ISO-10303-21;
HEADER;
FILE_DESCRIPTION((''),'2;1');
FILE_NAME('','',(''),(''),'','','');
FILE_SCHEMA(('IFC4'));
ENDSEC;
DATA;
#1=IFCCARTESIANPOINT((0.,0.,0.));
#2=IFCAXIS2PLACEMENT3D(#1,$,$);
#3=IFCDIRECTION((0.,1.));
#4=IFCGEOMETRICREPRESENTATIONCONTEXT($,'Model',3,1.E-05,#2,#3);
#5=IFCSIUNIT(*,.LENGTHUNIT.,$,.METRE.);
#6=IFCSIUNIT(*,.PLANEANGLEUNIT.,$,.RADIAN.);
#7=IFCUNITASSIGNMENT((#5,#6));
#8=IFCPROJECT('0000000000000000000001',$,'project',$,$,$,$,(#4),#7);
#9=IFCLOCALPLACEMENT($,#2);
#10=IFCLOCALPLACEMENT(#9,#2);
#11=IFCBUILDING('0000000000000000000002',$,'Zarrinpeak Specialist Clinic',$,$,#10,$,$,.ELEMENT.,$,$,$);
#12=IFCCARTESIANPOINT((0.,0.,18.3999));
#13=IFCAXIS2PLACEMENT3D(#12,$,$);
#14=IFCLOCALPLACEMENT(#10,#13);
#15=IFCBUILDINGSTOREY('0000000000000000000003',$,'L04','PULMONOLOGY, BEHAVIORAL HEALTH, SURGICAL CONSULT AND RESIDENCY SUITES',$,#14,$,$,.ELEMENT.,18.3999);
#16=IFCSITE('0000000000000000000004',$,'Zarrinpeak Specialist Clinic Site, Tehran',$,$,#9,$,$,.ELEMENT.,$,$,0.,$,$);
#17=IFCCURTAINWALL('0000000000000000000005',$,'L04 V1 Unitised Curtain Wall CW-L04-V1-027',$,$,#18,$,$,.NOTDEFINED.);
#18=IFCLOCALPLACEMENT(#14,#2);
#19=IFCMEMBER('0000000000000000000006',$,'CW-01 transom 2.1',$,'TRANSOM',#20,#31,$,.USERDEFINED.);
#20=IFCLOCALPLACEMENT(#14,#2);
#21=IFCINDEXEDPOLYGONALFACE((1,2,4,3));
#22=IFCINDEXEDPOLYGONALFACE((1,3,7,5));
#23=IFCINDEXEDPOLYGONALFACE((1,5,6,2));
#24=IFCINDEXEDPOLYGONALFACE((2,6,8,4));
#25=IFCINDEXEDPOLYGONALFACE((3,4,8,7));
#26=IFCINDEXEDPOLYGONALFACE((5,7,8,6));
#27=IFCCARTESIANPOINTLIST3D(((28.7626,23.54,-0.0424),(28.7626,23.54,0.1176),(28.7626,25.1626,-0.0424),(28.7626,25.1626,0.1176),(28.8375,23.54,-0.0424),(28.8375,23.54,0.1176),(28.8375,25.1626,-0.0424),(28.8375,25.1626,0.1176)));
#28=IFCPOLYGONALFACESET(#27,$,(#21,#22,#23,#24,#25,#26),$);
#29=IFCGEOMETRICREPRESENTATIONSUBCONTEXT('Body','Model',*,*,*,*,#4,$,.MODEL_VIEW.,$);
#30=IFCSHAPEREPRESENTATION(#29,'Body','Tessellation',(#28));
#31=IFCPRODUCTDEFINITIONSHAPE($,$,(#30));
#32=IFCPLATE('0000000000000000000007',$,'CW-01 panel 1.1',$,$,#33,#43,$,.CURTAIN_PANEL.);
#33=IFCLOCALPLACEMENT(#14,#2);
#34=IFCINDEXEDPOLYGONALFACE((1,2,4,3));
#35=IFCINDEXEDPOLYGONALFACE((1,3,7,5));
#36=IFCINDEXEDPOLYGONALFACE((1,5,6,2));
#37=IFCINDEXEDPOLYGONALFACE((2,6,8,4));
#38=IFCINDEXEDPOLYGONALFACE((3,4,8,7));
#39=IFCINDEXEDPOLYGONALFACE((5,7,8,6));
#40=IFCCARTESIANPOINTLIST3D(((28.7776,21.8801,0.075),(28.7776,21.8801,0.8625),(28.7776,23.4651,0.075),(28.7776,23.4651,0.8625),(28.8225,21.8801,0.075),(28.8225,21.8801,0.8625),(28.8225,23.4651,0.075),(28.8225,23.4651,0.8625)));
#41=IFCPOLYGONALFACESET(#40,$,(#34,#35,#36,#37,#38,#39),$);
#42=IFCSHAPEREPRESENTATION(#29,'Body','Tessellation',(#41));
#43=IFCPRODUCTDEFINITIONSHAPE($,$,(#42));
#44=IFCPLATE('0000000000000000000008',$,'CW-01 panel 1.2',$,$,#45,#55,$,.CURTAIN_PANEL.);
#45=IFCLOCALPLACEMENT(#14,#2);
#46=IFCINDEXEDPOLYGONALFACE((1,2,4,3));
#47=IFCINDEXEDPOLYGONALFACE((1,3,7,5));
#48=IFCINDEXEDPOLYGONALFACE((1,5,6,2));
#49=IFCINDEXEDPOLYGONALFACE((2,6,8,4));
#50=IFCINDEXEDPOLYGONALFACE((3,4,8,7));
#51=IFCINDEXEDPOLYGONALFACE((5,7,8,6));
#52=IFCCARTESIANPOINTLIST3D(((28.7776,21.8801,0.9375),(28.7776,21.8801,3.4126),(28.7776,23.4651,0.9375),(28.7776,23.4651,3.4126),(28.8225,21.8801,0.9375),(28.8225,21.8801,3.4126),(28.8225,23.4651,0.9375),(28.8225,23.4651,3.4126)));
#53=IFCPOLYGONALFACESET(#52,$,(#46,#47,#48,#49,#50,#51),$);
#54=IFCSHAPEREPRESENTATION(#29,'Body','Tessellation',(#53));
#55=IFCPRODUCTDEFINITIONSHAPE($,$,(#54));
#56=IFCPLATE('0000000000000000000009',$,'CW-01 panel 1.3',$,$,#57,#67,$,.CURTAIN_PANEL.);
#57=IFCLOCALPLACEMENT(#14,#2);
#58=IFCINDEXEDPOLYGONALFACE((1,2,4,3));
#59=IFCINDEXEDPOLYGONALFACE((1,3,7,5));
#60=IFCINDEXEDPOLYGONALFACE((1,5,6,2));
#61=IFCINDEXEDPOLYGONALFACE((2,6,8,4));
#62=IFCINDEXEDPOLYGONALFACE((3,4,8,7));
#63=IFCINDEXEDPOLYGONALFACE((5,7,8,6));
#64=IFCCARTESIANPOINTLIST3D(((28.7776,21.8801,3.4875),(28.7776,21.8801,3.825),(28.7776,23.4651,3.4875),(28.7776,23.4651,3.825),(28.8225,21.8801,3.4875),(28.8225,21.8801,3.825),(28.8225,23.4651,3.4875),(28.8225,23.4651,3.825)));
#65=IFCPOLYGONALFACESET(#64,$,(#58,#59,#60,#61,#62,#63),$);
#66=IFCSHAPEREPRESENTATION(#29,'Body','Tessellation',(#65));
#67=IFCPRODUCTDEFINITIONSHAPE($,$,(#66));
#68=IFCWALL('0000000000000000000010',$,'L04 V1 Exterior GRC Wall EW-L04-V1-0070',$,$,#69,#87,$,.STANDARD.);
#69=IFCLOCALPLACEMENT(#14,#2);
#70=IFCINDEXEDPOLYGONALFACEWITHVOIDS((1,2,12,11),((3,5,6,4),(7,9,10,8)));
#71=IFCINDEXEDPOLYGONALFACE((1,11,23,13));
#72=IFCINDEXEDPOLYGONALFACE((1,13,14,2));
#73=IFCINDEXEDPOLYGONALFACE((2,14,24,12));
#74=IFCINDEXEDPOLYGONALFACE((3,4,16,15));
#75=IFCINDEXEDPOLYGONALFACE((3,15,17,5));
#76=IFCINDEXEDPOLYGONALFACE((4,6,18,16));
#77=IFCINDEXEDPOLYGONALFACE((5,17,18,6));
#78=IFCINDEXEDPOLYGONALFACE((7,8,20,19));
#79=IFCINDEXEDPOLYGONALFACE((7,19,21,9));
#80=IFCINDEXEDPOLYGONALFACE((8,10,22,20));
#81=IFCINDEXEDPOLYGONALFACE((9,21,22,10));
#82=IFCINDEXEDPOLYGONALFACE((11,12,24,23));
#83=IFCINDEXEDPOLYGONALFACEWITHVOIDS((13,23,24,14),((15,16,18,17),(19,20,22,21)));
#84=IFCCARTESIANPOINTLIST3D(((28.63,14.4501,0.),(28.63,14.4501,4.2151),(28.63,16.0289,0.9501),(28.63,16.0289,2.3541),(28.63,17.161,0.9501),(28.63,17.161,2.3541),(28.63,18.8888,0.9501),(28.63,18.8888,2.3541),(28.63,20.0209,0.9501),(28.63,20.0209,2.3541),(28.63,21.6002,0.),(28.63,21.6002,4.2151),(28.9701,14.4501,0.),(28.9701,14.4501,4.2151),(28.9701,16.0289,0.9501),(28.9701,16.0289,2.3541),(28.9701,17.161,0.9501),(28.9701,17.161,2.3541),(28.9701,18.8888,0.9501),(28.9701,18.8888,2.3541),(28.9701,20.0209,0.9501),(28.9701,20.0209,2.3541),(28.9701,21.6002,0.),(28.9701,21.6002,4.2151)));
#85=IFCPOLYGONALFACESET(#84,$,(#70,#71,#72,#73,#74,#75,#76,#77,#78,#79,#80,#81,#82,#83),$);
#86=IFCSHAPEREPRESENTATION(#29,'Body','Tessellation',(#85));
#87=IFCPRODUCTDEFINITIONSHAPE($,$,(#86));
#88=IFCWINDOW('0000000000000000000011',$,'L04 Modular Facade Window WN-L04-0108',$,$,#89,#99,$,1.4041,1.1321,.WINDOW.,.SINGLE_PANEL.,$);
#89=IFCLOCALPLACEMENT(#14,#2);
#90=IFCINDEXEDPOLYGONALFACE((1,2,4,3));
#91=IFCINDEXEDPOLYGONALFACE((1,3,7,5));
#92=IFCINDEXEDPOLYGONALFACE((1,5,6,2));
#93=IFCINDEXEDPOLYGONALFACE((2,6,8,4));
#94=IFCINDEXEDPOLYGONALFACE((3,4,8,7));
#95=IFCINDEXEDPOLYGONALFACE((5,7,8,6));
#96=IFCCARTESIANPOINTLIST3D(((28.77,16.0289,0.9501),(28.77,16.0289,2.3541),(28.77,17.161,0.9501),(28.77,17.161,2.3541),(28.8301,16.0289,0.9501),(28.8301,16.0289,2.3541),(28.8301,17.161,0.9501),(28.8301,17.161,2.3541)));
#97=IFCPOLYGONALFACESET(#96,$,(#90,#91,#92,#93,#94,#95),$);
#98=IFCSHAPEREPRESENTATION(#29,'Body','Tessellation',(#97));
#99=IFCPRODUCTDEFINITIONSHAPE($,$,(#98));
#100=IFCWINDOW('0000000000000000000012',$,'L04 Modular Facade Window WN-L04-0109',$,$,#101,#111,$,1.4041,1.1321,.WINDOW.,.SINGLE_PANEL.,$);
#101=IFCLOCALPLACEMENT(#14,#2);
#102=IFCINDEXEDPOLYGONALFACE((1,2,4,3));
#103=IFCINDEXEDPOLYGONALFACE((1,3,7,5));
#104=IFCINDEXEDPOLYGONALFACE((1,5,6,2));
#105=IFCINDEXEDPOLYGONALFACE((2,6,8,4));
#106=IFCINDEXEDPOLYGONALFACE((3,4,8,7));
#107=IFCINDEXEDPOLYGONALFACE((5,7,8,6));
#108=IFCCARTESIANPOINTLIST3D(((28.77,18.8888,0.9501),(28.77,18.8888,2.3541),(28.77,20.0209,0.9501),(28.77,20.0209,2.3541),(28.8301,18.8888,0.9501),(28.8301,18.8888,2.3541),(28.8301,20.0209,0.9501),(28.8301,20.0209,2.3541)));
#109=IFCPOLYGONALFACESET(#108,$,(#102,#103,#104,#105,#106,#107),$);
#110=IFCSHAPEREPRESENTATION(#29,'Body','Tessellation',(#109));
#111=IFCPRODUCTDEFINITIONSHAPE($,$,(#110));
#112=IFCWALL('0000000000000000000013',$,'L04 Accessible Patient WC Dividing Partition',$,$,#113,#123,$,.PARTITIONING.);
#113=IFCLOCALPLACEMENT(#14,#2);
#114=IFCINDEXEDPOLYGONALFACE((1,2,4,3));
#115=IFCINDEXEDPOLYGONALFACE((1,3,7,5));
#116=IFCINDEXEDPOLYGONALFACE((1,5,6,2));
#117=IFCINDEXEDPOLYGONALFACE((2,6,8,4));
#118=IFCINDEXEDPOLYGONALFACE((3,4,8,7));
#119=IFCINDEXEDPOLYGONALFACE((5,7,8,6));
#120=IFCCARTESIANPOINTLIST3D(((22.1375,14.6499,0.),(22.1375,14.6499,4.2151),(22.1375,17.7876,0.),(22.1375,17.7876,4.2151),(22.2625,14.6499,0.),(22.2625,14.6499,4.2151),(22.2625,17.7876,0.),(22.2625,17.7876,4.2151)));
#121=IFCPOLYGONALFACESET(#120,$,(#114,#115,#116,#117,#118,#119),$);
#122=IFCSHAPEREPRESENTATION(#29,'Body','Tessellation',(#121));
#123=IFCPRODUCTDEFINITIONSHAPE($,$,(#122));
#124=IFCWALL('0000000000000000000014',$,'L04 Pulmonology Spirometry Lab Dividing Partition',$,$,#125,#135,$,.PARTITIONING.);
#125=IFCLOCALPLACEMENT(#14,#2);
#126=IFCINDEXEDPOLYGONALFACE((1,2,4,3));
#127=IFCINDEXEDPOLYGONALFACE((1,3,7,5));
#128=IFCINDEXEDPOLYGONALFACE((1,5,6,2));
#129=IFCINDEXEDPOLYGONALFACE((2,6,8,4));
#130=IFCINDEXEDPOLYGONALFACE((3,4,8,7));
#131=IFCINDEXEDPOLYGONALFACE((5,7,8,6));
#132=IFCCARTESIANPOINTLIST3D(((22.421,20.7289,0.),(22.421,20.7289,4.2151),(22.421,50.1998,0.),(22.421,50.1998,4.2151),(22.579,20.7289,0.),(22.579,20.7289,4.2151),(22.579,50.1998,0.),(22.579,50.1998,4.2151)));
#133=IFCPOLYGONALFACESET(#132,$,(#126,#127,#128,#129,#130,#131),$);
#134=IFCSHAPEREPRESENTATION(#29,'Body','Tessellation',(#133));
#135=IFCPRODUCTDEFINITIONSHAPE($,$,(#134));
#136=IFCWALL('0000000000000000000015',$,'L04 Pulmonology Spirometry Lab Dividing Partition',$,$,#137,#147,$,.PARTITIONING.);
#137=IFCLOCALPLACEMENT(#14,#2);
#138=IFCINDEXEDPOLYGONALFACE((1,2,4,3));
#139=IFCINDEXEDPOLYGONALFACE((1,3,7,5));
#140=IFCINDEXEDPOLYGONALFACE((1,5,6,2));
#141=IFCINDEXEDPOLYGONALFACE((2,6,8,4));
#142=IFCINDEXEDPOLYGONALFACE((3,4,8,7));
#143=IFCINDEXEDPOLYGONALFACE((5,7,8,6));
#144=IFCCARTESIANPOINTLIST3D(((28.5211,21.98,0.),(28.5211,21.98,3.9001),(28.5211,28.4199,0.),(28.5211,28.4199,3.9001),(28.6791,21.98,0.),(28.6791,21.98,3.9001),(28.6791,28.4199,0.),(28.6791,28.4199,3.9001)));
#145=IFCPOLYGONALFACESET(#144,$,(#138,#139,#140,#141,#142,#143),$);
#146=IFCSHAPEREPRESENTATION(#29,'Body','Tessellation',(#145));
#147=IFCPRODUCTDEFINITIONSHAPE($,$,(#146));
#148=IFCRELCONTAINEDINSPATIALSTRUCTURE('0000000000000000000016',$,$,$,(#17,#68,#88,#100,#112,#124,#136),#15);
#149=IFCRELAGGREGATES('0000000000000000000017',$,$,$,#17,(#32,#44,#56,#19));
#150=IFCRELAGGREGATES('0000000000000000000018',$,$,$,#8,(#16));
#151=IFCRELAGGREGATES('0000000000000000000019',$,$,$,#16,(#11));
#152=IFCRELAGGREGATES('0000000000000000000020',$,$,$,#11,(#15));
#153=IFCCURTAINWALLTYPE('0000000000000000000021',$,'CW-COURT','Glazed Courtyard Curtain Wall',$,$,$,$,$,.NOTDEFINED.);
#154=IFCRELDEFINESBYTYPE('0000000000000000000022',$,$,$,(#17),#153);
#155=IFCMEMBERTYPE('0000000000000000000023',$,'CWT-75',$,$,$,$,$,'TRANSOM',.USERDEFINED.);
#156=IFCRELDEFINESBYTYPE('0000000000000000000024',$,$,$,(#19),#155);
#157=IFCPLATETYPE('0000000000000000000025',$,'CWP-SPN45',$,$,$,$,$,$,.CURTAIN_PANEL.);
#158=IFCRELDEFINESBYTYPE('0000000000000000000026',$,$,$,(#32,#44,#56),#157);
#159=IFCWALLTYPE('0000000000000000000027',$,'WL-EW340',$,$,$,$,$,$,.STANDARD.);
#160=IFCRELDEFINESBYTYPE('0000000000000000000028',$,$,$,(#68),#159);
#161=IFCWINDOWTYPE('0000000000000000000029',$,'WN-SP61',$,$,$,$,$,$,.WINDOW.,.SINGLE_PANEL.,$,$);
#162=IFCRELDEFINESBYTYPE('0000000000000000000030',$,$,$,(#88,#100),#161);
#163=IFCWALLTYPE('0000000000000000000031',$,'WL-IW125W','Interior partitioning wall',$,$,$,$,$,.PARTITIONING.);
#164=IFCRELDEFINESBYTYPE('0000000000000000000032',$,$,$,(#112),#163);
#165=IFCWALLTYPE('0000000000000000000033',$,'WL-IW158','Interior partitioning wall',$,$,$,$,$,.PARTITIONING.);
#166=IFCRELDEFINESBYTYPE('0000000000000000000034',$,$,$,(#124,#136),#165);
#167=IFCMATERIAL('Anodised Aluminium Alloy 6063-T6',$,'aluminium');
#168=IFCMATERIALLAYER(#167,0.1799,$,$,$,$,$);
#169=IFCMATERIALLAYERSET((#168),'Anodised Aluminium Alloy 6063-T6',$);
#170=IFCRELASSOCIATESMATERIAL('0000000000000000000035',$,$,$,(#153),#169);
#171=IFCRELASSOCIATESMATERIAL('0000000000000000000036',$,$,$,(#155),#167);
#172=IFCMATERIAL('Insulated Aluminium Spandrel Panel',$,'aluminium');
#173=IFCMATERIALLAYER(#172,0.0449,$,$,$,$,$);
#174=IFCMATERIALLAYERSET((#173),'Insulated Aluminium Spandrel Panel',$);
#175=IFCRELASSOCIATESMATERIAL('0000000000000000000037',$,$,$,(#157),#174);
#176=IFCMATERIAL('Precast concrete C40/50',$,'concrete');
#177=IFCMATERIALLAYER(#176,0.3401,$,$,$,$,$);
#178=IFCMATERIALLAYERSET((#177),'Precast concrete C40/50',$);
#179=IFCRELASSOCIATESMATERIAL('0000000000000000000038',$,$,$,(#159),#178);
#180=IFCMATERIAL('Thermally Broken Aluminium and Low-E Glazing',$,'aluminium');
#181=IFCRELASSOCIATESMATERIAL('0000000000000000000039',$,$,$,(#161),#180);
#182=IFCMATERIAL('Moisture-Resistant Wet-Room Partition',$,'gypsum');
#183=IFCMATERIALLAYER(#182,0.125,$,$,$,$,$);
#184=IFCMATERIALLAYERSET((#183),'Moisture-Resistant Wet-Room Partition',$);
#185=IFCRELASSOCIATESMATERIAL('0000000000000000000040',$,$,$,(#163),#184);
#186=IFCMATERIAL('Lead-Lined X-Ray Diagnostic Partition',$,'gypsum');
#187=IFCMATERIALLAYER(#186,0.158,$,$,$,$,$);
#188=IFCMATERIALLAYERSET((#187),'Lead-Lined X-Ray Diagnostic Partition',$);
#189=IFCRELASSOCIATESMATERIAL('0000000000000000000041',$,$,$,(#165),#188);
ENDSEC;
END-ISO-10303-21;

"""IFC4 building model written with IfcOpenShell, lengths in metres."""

from ifc_helpers import new_model, si_unit, direction, frame, frame_2d, origin, origin_2d, place, context, subcontext, project, spatial, rectangle, extrude, material, layer, layer_set, material_profile, profile_set, type_object, element, fill, aggregate, save


model = new_model("IFC4")

# Units and contexts
model_context = context("Model", 3, precision=1e-05, world=origin(), true_north=direction((0.0, 1.0)))
body_context = subcontext(model_context, "Body", "Model", "MODEL_VIEW")
ifc_project = project(units=[si_unit("LENGTHUNIT", "METRE"), si_unit("PLANEANGLEUNIT", "RADIAN")], contexts=[model_context])

# Site, building, storey
site_placement = place(None, origin())
site = spatial("IfcSite", under=ifc_project, at=site_placement, Name="Zarrinpeak Specialist Clinic Site, Tehran", CompositionType="ELEMENT", RefElevation=0.0)
building_placement = place(site_placement, origin())
building = spatial("IfcBuilding", under=site, at=building_placement, Name="Zarrinpeak Specialist Clinic", CompositionType="ELEMENT")
storey_placement = place(building_placement, frame((0.0, 0.0, 18.3999)))
storey = spatial("IfcBuildingStorey", under=building, at=storey_placement, Name="L04", Description="PULMONOLOGY, BEHAVIORAL HEALTH, SURGICAL CONSULT AND RESIDENCY SUITES", CompositionType="ELEMENT", Elevation=18.3999)

# Curtain wall, member, plates
ifc_material_1 = material(Name="Anodised Aluminium Alloy 6063-T6", Category="aluminium")
ifc_layer_1 = layer(ifc_material_1, 0.1799)
ifc_layer_set_1 = layer_set([ifc_layer_1], Name="Anodised Aluminium Alloy 6063-T6")
curtain_wall_type = type_object("IfcCurtainWallType", Name="CW-COURT", Description="Glazed Courtyard Curtain Wall", PredefinedType="NOTDEFINED", material=ifc_layer_set_1)
curtain_wall_placement = place(storey_placement, origin())
curtain_wall = element("IfcCurtainWall", 1, at=curtain_wall_placement, inside=storey, type_object=curtain_wall_type, Name="L04 V1 Unitised Curtain Wall CW-L04-V1-027", PredefinedType="NOTDEFINED")
ifc_material_profile_1 = material_profile(ifc_material_1, rectangle(XDim=0.075, YDim=0.1599, at=origin_2d()), Name="ALU 75x160")
ifc_profile_set_1 = profile_set([ifc_material_profile_1], Name="Anodised Aluminium Alloy 6063-T6")
member_type_1 = type_object("IfcMemberType", Name="CWT-75", ElementType="TRANSOM", PredefinedType="USERDEFINED", material=ifc_profile_set_1)
member_1_placement = place(storey_placement, frame((28.8, 23.54, 0.0376), z_axis=(0.0, 1.0, 0.0), x_axis=(-1.0, 0.0, 0.0)))
member_1 = element("IfcMember", 2, at=member_1_placement, type_object=member_type_1, Name="CW-01 transom 2.1", ObjectType="TRANSOM", PredefinedType="USERDEFINED", context=body_context, shape_type="SweptSolid", body=[
    extrude(rectangle(XDim=0.075, YDim=0.1599, at=origin_2d()), origin(), (0.0, 0.0, 1.0), 1.6226),
])
ifc_material_2 = material(Name="Insulated Aluminium Spandrel Panel", Category="aluminium")
ifc_layer_2 = layer(ifc_material_2, 0.0449)
ifc_layer_set_2 = layer_set([ifc_layer_2], Name="Insulated Aluminium Spandrel Panel")
plate_type = type_object("IfcPlateType", Name="CWP-SPN45", PredefinedType="CURTAIN_PANEL", material=ifc_layer_set_2)
plate_1_placement = place(storey_placement, frame((28.8, 22.6726, 0.075), z_axis=(0.0, 0.0, 1.0), x_axis=(0.0, 1.0, 0.0)))
plate_1 = element("IfcPlate", 3, at=plate_1_placement, type_object=plate_type, Name="CW-01 panel 1.1", PredefinedType="CURTAIN_PANEL", context=body_context, shape_type="SweptSolid", body=[
    extrude(rectangle(XDim=1.585, YDim=0.0449, at=origin_2d()), origin(), (0.0, 0.0, 1.0), 0.7876),
])
plate_2_placement = place(storey_placement, frame((28.8, 22.6726, 0.9375), z_axis=(0.0, 0.0, 1.0), x_axis=(0.0, 1.0, 0.0)))
plate_2 = element("IfcPlate", 4, at=plate_2_placement, type_object=plate_type, Name="CW-01 panel 1.2", PredefinedType="CURTAIN_PANEL", context=body_context, shape_type="SweptSolid", body=[
    extrude(rectangle(XDim=1.585, YDim=0.0449, at=origin_2d()), origin(), (0.0, 0.0, 1.0), 2.4751),
])
plate_3_placement = place(storey_placement, frame((28.8, 22.6726, 3.4875), z_axis=(0.0, 0.0, 1.0), x_axis=(0.0, 1.0, 0.0)))
plate_3 = element("IfcPlate", 5, at=plate_3_placement, type_object=plate_type, Name="CW-01 panel 1.3", PredefinedType="CURTAIN_PANEL", context=body_context, shape_type="SweptSolid", body=[
    extrude(rectangle(XDim=1.585, YDim=0.0449, at=origin_2d()), origin(), (0.0, 0.0, 1.0), 0.3374),
])
aggregate(curtain_wall, [plate_1, plate_2, plate_3, member_1])

# Wall, openings, windows
ifc_material_3 = material(Name="Precast concrete C40/50", Category="concrete")
ifc_layer_3 = layer(ifc_material_3, 0.3401)
ifc_layer_set_3 = layer_set([ifc_layer_3], Name="Precast concrete C40/50")
wall_type_1 = type_object("IfcWallType", Name="WL-EW340", PredefinedType="STANDARD", material=ifc_layer_set_3)
wall_1_placement = place(storey_placement, frame((28.8, 14.45, 0.0), z_axis=(0.0, 0.0, 1.0), x_axis=(0.0, 1.0, 0.0)))
wall_1 = element("IfcWall", 6, at=wall_1_placement, inside=storey, type_object=wall_type_1, Name="L04 V1 Exterior GRC Wall EW-L04-V1-0070", PredefinedType="STANDARD", context=body_context, shape_type="SweptSolid", body=[
    extrude(rectangle(XDim=7.1501, YDim=0.3401, at=frame_2d((3.5752, 0.0))), origin(), (0.0, 0.0, 1.0), 4.2151),
])
opening_1_placement = place(wall_1_placement, frame((1.5791, 0.0, 0.95)))
opening_1 = element("IfcOpeningElement", 7, at=opening_1_placement, cuts=wall_1, PredefinedType="OPENING", context=body_context, shape_type="SweptSolid", body=[
    extrude(rectangle(XDim=1.1321, YDim=1.4041, at=frame_2d((0.5659, 0.7021))), frame((0.0, 0.1802, 0.0), z_axis=(0.0, -1.0, 0.0), x_axis=(1.0, 0.0, 0.0)), (0.0, 0.0, 1.0), 0.3601),
])
opening_2_placement = place(wall_1_placement, frame((4.439, 0.0, 0.95)))
opening_2 = element("IfcOpeningElement", 8, at=opening_2_placement, cuts=wall_1, PredefinedType="OPENING", context=body_context, shape_type="SweptSolid", body=[
    extrude(rectangle(XDim=1.1321, YDim=1.4041, at=frame_2d((0.5659, 0.7021))), frame((0.0, 0.1802, 0.0), z_axis=(0.0, -1.0, 0.0), x_axis=(1.0, 0.0, 0.0)), (0.0, 0.0, 1.0), 0.3601),
])
ifc_material_4 = material(Name="Thermally Broken Aluminium and Low-E Glazing", Category="aluminium")
window_type = type_object("IfcWindowType", Name="WN-SP61", PartitioningType="SINGLE_PANEL", PredefinedType="WINDOW", material=ifc_material_4)
window_1_placement = place(opening_1_placement, origin())
window_1 = element("IfcWindow", 9, at=window_1_placement, inside=storey, type_object=window_type, Name="L04 Modular Facade Window WN-L04-0108", OverallHeight=1.4041, OverallWidth=1.1321, PartitioningType="SINGLE_PANEL", PredefinedType="WINDOW", context=body_context, shape_type="SweptSolid", body=[
    extrude(rectangle(XDim=1.1321, YDim=1.4041, at=frame_2d((0.5659, 0.7021))), frame((0.0, 0.03, 0.0), z_axis=(0.0, -1.0, 0.0), x_axis=(1.0, 0.0, 0.0)), (0.0, 0.0, 1.0), 0.0601),
])
fill(opening_1, window_1)
window_2_placement = place(opening_2_placement, origin())
window_2 = element("IfcWindow", 10, at=window_2_placement, inside=storey, type_object=window_type, Name="L04 Modular Facade Window WN-L04-0109", OverallHeight=1.4041, OverallWidth=1.1321, PartitioningType="SINGLE_PANEL", PredefinedType="WINDOW", context=body_context, shape_type="SweptSolid", body=[
    extrude(rectangle(XDim=1.1321, YDim=1.4041, at=frame_2d((0.5659, 0.7021))), frame((0.0, 0.03, 0.0), z_axis=(0.0, -1.0, 0.0), x_axis=(1.0, 0.0, 0.0)), (0.0, 0.0, 1.0), 0.0601),
])
fill(opening_2, window_2)

# Walls
ifc_material_5 = material(Name="Moisture-Resistant Wet-Room Partition", Category="gypsum")
ifc_layer_4 = layer(ifc_material_5, 0.125)
ifc_layer_set_4 = layer_set([ifc_layer_4], Name="Moisture-Resistant Wet-Room Partition")
wall_type_2 = type_object("IfcWallType", Name="WL-IW125W", Description="Interior partitioning wall", PredefinedType="PARTITIONING", material=ifc_layer_set_4)
wall_2_placement = place(storey_placement, frame((22.2, 14.6499, 0.0), z_axis=(0.0, 0.0, 1.0), x_axis=(0.0, 1.0, 0.0)))
element("IfcWall", 11, at=wall_2_placement, inside=storey, type_object=wall_type_2, Name="L04 Accessible Patient WC Dividing Partition", PredefinedType="PARTITIONING", context=body_context, shape_type="SweptSolid", body=[
    extrude(rectangle(XDim=3.1377, YDim=0.125, at=frame_2d((1.5688, 0.0))), origin(), (0.0, 0.0, 1.0), 4.2151),
])
ifc_material_6 = material(Name="Lead-Lined X-Ray Diagnostic Partition", Category="gypsum")
ifc_layer_5 = layer(ifc_material_6, 0.158)
ifc_layer_set_5 = layer_set([ifc_layer_5], Name="Lead-Lined X-Ray Diagnostic Partition")
wall_type_3 = type_object("IfcWallType", Name="WL-IW158", Description="Interior partitioning wall", PredefinedType="PARTITIONING", material=ifc_layer_set_5)
wall_3_placement = place(storey_placement, frame((22.5, 20.729, 0.0), z_axis=(0.0, 0.0, 1.0), x_axis=(0.0, 1.0, 0.0)))
element("IfcWall", 12, at=wall_3_placement, inside=storey, type_object=wall_type_3, Name="L04 Pulmonology Spirometry Lab Dividing Partition", PredefinedType="PARTITIONING", context=body_context, shape_type="SweptSolid", body=[
    extrude(rectangle(XDim=29.4709, YDim=0.158, at=frame_2d((14.7354, 0.0))), origin(), (0.0, 0.0, 1.0), 4.2151),
])
wall_4_placement = place(storey_placement, frame((28.6001, 21.98, 0.0), z_axis=(0.0, 0.0, 1.0), x_axis=(0.0, 1.0, 0.0)))
element("IfcWall", 13, at=wall_4_placement, inside=storey, type_object=wall_type_3, Name="L04 Pulmonology Spirometry Lab Dividing Partition", PredefinedType="PARTITIONING", context=body_context, shape_type="SweptSolid", body=[
    extrude(rectangle(XDim=6.4399, YDim=0.158, at=frame_2d((3.22, 0.0))), origin(), (0.0, 0.0, 1.0), 3.9001),
])

save(model, "model.ifc")
